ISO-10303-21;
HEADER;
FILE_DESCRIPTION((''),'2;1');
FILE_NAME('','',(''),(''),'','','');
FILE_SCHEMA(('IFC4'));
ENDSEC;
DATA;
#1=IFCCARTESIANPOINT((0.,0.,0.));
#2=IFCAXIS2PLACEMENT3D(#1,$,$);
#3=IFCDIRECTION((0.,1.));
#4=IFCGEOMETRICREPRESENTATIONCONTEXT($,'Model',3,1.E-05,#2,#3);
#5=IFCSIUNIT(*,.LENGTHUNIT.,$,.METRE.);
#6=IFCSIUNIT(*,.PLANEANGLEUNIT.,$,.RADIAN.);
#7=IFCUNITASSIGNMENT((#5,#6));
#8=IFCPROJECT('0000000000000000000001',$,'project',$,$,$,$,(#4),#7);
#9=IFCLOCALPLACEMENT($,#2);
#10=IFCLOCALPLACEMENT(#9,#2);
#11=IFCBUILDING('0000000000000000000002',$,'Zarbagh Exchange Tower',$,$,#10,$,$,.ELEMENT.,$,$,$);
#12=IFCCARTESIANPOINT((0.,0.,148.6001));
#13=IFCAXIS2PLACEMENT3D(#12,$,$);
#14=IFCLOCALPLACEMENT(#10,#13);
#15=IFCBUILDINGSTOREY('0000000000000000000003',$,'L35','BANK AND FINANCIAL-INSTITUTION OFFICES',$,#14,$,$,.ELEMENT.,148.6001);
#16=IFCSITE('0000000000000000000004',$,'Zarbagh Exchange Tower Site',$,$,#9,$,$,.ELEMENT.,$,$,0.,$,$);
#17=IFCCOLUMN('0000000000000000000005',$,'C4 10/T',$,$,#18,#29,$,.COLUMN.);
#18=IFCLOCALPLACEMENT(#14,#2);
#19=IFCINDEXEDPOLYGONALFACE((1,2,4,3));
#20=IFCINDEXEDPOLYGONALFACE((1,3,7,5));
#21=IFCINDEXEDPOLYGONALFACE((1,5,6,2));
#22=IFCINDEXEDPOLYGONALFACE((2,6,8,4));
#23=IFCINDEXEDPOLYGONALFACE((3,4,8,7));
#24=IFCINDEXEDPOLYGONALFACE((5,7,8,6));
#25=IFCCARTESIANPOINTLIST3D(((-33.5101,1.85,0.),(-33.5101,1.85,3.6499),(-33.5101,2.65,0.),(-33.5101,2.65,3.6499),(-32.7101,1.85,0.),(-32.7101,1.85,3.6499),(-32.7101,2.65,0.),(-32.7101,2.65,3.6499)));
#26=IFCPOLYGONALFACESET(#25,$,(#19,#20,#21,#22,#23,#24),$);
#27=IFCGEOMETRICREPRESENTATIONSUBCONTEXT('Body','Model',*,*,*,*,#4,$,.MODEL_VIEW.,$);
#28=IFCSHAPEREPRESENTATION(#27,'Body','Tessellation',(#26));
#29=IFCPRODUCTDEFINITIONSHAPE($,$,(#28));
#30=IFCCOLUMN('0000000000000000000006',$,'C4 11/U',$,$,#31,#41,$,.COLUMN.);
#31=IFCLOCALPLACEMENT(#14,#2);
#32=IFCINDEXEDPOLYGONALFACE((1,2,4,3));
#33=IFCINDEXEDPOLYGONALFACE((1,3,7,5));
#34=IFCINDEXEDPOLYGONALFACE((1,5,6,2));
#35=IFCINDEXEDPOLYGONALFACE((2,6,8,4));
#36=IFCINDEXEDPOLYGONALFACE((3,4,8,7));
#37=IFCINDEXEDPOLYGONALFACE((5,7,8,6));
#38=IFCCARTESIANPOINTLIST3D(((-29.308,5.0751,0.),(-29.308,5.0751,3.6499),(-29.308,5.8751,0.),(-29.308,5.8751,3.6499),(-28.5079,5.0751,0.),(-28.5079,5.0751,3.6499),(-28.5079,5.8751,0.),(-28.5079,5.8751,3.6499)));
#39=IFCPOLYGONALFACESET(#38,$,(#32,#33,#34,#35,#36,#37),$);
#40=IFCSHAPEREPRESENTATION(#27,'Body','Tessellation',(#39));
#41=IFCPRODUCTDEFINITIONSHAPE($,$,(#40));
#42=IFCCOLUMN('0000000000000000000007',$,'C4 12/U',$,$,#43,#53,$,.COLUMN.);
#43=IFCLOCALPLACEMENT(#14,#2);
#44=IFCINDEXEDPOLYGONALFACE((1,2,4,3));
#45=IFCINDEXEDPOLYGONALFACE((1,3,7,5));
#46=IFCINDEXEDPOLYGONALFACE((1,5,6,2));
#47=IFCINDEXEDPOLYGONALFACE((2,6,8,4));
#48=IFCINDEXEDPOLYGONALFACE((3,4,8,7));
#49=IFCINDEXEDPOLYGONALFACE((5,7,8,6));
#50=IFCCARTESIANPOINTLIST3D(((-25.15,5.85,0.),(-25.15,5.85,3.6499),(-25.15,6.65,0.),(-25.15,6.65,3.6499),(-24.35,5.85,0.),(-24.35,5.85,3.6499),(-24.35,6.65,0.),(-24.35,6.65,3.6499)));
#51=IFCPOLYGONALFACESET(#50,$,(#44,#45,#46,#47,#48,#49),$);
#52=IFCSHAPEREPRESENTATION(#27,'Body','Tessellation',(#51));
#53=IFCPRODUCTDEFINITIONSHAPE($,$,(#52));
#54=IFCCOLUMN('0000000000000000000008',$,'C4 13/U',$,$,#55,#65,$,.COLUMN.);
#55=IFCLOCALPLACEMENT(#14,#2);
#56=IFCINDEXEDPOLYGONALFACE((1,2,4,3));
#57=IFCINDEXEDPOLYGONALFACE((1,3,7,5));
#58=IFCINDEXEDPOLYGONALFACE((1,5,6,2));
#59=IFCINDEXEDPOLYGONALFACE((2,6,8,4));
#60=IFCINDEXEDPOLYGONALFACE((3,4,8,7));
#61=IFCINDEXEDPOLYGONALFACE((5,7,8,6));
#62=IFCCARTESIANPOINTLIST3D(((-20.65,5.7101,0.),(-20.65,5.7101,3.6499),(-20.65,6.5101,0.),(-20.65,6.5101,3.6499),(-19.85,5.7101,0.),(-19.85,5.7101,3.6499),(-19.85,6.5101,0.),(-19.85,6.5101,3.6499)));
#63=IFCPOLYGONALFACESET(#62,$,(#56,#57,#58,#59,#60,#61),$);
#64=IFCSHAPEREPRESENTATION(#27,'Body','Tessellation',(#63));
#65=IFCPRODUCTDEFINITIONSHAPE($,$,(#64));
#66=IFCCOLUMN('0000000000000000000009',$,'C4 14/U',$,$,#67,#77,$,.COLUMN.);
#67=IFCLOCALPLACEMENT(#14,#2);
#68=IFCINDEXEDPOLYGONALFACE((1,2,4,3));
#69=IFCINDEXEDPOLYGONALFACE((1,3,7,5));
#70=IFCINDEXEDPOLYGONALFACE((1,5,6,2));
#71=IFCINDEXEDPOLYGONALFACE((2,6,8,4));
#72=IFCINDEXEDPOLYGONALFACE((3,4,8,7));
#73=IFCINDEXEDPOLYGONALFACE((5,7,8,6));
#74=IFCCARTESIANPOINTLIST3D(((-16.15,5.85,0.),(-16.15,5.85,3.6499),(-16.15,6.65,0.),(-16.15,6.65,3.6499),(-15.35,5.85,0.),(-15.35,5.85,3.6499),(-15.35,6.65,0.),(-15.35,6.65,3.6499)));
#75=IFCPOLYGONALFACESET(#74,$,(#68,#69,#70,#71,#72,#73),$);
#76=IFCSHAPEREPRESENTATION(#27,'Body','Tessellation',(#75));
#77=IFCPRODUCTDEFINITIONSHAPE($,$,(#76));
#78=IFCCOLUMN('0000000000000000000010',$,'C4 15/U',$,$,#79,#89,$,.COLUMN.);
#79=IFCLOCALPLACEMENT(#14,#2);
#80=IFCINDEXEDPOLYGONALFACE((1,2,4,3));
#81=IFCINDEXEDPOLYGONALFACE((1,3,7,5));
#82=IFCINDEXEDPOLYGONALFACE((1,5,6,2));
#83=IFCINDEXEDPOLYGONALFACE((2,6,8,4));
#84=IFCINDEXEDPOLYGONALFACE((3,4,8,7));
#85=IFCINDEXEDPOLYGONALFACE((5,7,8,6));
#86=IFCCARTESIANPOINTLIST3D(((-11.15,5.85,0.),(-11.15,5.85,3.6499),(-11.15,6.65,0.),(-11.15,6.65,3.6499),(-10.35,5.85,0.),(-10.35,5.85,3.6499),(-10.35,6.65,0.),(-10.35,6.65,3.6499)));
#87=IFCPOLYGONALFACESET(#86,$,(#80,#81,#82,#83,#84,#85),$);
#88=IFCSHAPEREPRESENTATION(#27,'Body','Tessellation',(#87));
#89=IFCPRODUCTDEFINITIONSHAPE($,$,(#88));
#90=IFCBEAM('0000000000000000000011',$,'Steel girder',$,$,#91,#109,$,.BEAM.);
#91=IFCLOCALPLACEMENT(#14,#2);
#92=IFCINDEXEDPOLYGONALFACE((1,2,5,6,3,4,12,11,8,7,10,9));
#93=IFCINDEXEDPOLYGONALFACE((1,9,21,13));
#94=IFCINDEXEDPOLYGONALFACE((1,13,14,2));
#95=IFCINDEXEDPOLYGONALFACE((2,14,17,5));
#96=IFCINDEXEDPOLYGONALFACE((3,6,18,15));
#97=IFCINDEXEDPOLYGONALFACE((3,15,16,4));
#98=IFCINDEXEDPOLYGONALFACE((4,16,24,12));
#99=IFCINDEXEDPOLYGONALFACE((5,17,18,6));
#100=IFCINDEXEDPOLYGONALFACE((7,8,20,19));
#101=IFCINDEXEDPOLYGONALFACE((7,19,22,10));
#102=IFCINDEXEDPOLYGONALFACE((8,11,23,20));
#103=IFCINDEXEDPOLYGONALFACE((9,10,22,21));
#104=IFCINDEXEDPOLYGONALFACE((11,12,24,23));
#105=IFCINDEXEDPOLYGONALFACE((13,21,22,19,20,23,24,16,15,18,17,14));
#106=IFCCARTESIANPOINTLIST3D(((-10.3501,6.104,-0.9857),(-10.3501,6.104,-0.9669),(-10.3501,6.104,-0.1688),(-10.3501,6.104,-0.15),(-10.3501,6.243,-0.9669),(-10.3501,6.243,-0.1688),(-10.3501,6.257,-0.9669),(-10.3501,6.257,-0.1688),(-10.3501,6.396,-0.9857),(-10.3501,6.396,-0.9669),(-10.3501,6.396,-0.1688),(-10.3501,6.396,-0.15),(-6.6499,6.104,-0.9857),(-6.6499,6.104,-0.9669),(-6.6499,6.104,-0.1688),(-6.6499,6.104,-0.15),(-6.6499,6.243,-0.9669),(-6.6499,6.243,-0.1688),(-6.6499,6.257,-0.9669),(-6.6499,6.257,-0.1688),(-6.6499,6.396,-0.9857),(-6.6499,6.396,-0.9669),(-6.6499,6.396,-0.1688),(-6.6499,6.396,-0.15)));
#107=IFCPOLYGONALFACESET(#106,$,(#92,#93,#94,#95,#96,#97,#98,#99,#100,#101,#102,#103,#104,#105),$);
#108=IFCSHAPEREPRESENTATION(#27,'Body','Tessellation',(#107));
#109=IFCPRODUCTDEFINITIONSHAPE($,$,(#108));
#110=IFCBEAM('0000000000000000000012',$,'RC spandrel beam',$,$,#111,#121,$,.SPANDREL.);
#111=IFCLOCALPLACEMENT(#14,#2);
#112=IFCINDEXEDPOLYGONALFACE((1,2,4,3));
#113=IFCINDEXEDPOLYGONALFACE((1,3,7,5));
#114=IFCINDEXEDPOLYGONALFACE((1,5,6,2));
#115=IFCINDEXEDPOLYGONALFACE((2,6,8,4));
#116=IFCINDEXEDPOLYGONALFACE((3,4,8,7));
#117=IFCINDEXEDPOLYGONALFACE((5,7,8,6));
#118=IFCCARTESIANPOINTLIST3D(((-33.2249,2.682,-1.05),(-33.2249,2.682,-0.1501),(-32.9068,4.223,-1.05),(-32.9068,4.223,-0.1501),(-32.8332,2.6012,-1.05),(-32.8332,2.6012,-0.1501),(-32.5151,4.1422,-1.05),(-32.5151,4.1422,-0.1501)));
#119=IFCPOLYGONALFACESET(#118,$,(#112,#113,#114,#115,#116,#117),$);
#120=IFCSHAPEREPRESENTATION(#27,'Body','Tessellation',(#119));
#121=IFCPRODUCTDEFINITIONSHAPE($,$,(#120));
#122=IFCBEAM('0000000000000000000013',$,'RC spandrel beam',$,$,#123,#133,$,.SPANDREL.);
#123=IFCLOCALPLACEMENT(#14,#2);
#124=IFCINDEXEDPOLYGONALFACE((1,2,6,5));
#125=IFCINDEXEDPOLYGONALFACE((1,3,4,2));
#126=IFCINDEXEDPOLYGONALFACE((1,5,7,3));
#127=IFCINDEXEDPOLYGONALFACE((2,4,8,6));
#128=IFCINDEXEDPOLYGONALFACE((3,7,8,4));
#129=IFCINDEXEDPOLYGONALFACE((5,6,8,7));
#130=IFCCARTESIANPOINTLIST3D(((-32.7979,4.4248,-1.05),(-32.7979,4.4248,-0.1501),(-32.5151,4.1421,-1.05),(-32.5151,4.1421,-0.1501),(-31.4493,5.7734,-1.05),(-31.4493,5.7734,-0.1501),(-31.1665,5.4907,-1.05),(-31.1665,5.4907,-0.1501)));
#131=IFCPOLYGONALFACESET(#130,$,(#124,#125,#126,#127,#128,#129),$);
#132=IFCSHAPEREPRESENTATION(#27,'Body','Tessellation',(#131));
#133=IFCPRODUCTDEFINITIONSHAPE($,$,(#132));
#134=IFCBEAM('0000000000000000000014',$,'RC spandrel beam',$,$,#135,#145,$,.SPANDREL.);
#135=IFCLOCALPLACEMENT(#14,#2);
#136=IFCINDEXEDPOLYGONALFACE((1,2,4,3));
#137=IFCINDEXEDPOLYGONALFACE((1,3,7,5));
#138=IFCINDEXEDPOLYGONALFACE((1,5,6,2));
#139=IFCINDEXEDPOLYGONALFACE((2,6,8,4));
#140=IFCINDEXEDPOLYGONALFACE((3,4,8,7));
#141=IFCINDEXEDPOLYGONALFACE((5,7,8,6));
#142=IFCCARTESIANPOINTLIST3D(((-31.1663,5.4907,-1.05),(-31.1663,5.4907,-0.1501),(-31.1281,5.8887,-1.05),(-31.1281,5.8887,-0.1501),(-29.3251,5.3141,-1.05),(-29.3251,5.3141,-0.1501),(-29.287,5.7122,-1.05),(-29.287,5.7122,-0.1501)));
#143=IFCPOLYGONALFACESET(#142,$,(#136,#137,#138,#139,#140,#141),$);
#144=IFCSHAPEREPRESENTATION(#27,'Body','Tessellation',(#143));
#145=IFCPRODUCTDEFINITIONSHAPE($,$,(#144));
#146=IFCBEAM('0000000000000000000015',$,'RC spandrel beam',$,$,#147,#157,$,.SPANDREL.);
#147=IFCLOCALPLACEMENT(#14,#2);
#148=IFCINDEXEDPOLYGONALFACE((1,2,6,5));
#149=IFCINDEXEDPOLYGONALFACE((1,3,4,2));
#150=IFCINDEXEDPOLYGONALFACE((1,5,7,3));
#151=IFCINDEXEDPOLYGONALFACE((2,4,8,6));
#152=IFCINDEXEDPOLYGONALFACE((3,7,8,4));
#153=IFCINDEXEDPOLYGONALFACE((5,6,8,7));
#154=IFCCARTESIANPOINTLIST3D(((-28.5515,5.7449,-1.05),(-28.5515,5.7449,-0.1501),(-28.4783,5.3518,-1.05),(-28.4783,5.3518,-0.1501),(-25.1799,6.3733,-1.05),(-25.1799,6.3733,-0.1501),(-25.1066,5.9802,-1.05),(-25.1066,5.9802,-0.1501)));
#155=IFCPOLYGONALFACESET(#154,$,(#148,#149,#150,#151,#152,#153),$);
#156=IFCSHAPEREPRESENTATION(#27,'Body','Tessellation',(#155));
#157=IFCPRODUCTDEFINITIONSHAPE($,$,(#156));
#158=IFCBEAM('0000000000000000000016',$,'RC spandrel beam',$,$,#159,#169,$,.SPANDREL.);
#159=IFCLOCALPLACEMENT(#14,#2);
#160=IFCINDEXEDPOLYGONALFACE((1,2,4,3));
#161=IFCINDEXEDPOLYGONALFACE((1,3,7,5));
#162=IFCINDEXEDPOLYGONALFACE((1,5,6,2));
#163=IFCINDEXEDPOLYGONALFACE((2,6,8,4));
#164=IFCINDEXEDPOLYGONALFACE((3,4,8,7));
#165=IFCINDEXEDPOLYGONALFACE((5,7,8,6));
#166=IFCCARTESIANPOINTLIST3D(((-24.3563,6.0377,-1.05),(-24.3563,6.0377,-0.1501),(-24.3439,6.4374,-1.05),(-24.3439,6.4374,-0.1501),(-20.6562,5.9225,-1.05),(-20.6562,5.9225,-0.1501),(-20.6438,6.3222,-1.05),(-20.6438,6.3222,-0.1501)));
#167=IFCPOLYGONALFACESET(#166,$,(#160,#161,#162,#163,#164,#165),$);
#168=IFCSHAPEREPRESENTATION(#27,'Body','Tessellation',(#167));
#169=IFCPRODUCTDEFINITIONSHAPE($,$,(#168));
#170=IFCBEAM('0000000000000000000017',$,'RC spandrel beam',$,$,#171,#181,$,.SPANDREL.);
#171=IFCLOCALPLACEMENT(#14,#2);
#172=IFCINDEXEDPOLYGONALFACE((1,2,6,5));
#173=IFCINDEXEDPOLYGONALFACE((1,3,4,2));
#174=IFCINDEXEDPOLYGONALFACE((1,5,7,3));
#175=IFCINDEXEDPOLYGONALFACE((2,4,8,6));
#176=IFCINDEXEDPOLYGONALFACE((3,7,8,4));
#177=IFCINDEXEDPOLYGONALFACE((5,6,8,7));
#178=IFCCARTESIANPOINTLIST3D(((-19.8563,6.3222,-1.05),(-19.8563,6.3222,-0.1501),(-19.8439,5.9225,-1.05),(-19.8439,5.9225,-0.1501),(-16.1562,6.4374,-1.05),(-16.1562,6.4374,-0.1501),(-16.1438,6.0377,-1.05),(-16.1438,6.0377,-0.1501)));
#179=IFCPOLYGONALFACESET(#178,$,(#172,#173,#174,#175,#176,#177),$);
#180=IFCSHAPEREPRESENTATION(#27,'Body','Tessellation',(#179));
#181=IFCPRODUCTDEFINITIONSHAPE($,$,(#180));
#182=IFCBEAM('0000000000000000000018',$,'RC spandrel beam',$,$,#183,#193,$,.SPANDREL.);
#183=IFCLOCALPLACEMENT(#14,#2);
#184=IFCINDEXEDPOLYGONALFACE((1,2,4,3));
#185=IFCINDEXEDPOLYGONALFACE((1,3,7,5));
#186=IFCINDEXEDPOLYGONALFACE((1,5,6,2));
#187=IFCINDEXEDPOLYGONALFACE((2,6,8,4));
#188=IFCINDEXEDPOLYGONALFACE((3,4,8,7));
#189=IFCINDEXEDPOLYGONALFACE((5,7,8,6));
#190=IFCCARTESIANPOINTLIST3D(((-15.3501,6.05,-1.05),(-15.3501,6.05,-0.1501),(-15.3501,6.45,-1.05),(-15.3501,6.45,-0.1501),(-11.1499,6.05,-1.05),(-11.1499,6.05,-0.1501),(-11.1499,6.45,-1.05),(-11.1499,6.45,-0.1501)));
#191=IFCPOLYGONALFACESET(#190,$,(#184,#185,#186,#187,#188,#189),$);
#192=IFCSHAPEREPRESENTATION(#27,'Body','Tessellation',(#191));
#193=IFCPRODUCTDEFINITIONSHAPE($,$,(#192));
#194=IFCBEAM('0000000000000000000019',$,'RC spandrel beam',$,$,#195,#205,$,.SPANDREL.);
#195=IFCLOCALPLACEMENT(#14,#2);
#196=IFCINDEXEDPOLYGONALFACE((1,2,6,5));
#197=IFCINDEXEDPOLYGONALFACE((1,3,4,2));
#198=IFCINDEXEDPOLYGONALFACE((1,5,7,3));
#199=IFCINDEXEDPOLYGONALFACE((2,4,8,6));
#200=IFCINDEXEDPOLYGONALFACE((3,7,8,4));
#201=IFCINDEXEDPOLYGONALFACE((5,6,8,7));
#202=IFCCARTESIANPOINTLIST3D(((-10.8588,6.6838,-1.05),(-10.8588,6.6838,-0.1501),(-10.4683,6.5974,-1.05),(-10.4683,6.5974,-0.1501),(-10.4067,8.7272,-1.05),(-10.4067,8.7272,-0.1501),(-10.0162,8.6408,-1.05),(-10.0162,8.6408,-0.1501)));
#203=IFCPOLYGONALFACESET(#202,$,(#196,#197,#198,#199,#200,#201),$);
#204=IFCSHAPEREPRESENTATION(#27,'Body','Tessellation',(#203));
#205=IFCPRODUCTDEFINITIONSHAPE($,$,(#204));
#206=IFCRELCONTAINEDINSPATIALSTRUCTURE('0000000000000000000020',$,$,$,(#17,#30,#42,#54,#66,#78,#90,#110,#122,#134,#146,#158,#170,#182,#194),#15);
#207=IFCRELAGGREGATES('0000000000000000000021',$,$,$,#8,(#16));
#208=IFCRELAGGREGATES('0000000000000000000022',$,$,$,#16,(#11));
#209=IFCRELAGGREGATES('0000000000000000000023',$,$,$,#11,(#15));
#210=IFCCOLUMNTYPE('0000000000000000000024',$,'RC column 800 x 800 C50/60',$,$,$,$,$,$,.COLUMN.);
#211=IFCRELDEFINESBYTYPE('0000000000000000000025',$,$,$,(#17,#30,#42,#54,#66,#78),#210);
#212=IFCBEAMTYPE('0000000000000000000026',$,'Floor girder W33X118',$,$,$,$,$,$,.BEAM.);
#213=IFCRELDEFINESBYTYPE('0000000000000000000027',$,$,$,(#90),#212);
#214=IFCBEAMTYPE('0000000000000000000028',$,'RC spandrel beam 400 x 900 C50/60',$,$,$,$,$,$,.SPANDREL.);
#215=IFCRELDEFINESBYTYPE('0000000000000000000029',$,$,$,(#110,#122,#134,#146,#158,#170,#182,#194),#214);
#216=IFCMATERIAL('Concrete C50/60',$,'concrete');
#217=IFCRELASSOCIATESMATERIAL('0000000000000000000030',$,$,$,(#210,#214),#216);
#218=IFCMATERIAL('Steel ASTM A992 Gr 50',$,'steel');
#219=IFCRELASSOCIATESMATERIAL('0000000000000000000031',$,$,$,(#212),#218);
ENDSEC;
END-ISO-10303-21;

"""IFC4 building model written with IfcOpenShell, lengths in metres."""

from ifc_helpers import new_model, si_unit, direction, frame, origin, origin_2d, place, context, subcontext, project, spatial, rectangle, i_section, extrude, material, material_profile, profile_set, type_object, element, save


model = new_model("IFC4")

# Units and contexts
model_context = context("Model", 3, precision=1e-05, world=origin(), true_north=direction((0.0, 1.0)))
body_context = subcontext(model_context, "Body", "Model", "MODEL_VIEW")
ifc_project = project(units=[si_unit("LENGTHUNIT", "METRE"), si_unit("PLANEANGLEUNIT", "RADIAN")], contexts=[model_context])

# Site, building, storey
site_placement = place(None, origin())
site = spatial("IfcSite", under=ifc_project, at=site_placement, Name="Zarbagh Exchange Tower Site", CompositionType="ELEMENT", RefElevation=0.0)
building_placement = place(site_placement, origin())
building = spatial("IfcBuilding", under=site, at=building_placement, Name="Zarbagh Exchange Tower", CompositionType="ELEMENT")
storey_placement = place(building_placement, frame((0.0, 0.0, 148.6001)))
storey = spatial("IfcBuildingStorey", under=building, at=storey_placement, Name="L35", Description="BANK AND FINANCIAL-INSTITUTION OFFICES", CompositionType="ELEMENT", Elevation=148.6001)

# Columns
ifc_material_1 = material(Name="Concrete C50/60", Category="concrete")
ifc_material_profile_1 = material_profile(ifc_material_1, rectangle(XDim=0.8, YDim=0.8, at=origin_2d()), Name="RC column 800 x 800 C50/60")
ifc_profile_set_1 = profile_set([ifc_material_profile_1], Name="Concrete C50/60")
column_type = type_object("IfcColumnType", Name="RC column 800 x 800 C50/60", PredefinedType="COLUMN", material=ifc_profile_set_1)
for number, where, z_axis, x_axis, name in (
    (1, (-33.1101, 2.25, 0.0), (0.0, 0.0, 1.0), (1.0, 0.0, 0.0), "C4 10/T"),
    (2, (-28.908, 5.4751, 0.0), (0.0, 0.0, 1.0), (1.0, 0.0, 0.0), "C4 11/U"),
    (3, (-24.75, 6.25, 0.0), (0.0, 0.0, 1.0), (1.0, 0.0, 0.0), "C4 12/U"),
    (4, (-20.25, 6.1101, 0.0), (0.0, 0.0, 1.0), (1.0, 0.0, 0.0), "C4 13/U"),
    (5, (-15.75, 6.25, 0.0), (0.0, 0.0, 1.0), (1.0, 0.0, 0.0), "C4 14/U"),
    (6, (-10.75, 6.25, 0.0), (0.0, 0.0, 1.0), (1.0, 0.0, 0.0), "C4 15/U"),
):
    element("IfcColumn", number, at=place(storey_placement, frame(where, z_axis=z_axis, x_axis=x_axis)), inside=storey, type_object=column_type, Name=name, PredefinedType="COLUMN", context=body_context, shape_type="SweptSolid", body=[
        extrude(rectangle(XDim=0.8, YDim=0.8, at=origin_2d()), origin(), (0.0, 0.0, 1.0), 3.6499),
    ])

# Beams
ifc_material_2 = material(Name="Steel ASTM A992 Gr 50", Category="steel")
ifc_material_profile_2 = material_profile(ifc_material_2, i_section(OverallWidth=0.292, OverallDepth=0.8357, WebThickness=0.0139, FlangeThickness=0.0188, at=origin_2d()), Name="W33X118")
ifc_profile_set_2 = profile_set([ifc_material_profile_2], Name="Steel ASTM A992 Gr 50")
beam_type_1 = type_object("IfcBeamType", Name="Floor girder W33X118", PredefinedType="BEAM", material=ifc_profile_set_2)
beam_1_placement = place(storey_placement, frame((-10.3501, 6.25, -0.5679), z_axis=(1.0, 0.0, 0.0), x_axis=(0.0, 1.0, 0.0)))
element("IfcBeam", 7, at=beam_1_placement, inside=storey, type_object=beam_type_1, Name="Steel girder", PredefinedType="BEAM", context=body_context, shape_type="SweptSolid", body=[
    extrude(i_section(OverallWidth=0.292, OverallDepth=0.8357, WebThickness=0.0139, FlangeThickness=0.0188, at=origin_2d()), origin(), (0.0, 0.0, 1.0), 3.7002),
])
ifc_material_profile_3 = material_profile(ifc_material_1, rectangle(XDim=0.3999, YDim=0.8999, at=origin_2d()), Name="RC spandrel beam 400 x 900 C50/60")
ifc_profile_set_3 = profile_set([ifc_material_profile_3], Name="Concrete C50/60")
beam_type_2 = type_object("IfcBeamType", Name="RC spandrel beam 400 x 900 C50/60", PredefinedType="SPANDREL", material=ifc_profile_set_3)
beam_2_placement = place(storey_placement, frame((-33.0291, 2.6416, -0.6001), z_axis=(0.202169, 0.979351, 0.0), x_axis=(-0.979351, 0.202169, 0.0)))
element("IfcBeam", 8, at=beam_2_placement, inside=storey, type_object=beam_type_2, Name="RC spandrel beam", PredefinedType="SPANDREL", context=body_context, shape_type="SweptSolid", body=[
    extrude(rectangle(XDim=0.3999, YDim=0.8999, at=origin_2d()), origin(), (0.0, 0.0, 1.0), 1.5735),
])
beam_3_placement = place(storey_placement, frame((-32.6565, 4.2834, -0.6001), z_axis=(0.707107, 0.707107, 0.0), x_axis=(-0.707107, 0.707107, 0.0)))
element("IfcBeam", 9, at=beam_3_placement, inside=storey, type_object=beam_type_2, Name="RC spandrel beam", PredefinedType="SPANDREL", context=body_context, shape_type="SweptSolid", body=[
    extrude(rectangle(XDim=0.3999, YDim=0.8999, at=origin_2d()), origin(), (0.0, 0.0, 1.0), 1.9072),
])
beam_4_placement = place(storey_placement, frame((-31.1472, 5.6897, -0.6001), z_axis=(0.995435, -0.095438, 0.0), x_axis=(0.095438, 0.995435, 0.0)))
element("IfcBeam", 10, at=beam_4_placement, inside=storey, type_object=beam_type_2, Name="RC spandrel beam", PredefinedType="SPANDREL", context=body_context, shape_type="SweptSolid", body=[
    extrude(rectangle(XDim=0.3999, YDim=0.8999, at=origin_2d()), origin(), (0.0, 0.0, 1.0), 1.8496),
])
beam_5_placement = place(storey_placement, frame((-28.5149, 5.5483, -0.6001), z_axis=(0.98307, 0.183231, 0.0), x_axis=(-0.183231, 0.98307, 0.0)))
element("IfcBeam", 11, at=beam_5_placement, inside=storey, type_object=beam_type_2, Name="RC spandrel beam", PredefinedType="SPANDREL", context=body_context, shape_type="SweptSolid", body=[
    extrude(rectangle(XDim=0.3999, YDim=0.8999, at=origin_2d()), origin(), (0.0, 0.0, 1.0), 3.4297),
])
for number, where, z_axis, x_axis, name in (
    (12, (-24.3501, 6.2375, -0.6001), (0.999515, -0.031128, 0.0), (0.031128, 0.999515, 0.0), "RC spandrel beam"),
    (13, (-19.8501, 6.1223, -0.6001), (0.999515, 0.031128, 0.0), (-0.031128, 0.999515, 0.0), "RC spandrel beam"),
):
    element("IfcBeam", number, at=place(storey_placement, frame(where, z_axis=z_axis, x_axis=x_axis)), inside=storey, type_object=beam_type_2, Name=name, PredefinedType="SPANDREL", context=body_context, shape_type="SweptSolid", body=[
        extrude(rectangle(XDim=0.3999, YDim=0.8999, at=origin_2d()), origin(), (0.0, 0.0, 1.0), 3.7019),
    ])
beam_6_placement = place(storey_placement, frame((-15.3501, 6.25, -0.6001), z_axis=(1.0, 0.0, 0.0), x_axis=(0.0, 1.0, 0.0)))
element("IfcBeam", 14, at=beam_6_placement, inside=storey, type_object=beam_type_2, Name="RC spandrel beam", PredefinedType="SPANDREL", context=body_context, shape_type="SweptSolid", body=[
    extrude(rectangle(XDim=0.3999, YDim=0.8999, at=origin_2d()), origin(), (0.0, 0.0, 1.0), 4.2002),
])
beam_7_placement = place(storey_placement, frame((-10.6636, 6.6406, -0.6001), z_axis=(0.216041, 0.976384, 0.0), x_axis=(-0.976384, 0.216041, 0.0)))
element("IfcBeam", 15, at=beam_7_placement, inside=storey, type_object=beam_type_2, Name="RC spandrel beam", PredefinedType="SPANDREL", context=body_context, shape_type="SweptSolid", body=[
    extrude(rectangle(XDim=0.3999, YDim=0.8999, at=origin_2d()), origin(), (0.0, 0.0, 1.0), 2.0928),
])

save(model, "model.ifc")
